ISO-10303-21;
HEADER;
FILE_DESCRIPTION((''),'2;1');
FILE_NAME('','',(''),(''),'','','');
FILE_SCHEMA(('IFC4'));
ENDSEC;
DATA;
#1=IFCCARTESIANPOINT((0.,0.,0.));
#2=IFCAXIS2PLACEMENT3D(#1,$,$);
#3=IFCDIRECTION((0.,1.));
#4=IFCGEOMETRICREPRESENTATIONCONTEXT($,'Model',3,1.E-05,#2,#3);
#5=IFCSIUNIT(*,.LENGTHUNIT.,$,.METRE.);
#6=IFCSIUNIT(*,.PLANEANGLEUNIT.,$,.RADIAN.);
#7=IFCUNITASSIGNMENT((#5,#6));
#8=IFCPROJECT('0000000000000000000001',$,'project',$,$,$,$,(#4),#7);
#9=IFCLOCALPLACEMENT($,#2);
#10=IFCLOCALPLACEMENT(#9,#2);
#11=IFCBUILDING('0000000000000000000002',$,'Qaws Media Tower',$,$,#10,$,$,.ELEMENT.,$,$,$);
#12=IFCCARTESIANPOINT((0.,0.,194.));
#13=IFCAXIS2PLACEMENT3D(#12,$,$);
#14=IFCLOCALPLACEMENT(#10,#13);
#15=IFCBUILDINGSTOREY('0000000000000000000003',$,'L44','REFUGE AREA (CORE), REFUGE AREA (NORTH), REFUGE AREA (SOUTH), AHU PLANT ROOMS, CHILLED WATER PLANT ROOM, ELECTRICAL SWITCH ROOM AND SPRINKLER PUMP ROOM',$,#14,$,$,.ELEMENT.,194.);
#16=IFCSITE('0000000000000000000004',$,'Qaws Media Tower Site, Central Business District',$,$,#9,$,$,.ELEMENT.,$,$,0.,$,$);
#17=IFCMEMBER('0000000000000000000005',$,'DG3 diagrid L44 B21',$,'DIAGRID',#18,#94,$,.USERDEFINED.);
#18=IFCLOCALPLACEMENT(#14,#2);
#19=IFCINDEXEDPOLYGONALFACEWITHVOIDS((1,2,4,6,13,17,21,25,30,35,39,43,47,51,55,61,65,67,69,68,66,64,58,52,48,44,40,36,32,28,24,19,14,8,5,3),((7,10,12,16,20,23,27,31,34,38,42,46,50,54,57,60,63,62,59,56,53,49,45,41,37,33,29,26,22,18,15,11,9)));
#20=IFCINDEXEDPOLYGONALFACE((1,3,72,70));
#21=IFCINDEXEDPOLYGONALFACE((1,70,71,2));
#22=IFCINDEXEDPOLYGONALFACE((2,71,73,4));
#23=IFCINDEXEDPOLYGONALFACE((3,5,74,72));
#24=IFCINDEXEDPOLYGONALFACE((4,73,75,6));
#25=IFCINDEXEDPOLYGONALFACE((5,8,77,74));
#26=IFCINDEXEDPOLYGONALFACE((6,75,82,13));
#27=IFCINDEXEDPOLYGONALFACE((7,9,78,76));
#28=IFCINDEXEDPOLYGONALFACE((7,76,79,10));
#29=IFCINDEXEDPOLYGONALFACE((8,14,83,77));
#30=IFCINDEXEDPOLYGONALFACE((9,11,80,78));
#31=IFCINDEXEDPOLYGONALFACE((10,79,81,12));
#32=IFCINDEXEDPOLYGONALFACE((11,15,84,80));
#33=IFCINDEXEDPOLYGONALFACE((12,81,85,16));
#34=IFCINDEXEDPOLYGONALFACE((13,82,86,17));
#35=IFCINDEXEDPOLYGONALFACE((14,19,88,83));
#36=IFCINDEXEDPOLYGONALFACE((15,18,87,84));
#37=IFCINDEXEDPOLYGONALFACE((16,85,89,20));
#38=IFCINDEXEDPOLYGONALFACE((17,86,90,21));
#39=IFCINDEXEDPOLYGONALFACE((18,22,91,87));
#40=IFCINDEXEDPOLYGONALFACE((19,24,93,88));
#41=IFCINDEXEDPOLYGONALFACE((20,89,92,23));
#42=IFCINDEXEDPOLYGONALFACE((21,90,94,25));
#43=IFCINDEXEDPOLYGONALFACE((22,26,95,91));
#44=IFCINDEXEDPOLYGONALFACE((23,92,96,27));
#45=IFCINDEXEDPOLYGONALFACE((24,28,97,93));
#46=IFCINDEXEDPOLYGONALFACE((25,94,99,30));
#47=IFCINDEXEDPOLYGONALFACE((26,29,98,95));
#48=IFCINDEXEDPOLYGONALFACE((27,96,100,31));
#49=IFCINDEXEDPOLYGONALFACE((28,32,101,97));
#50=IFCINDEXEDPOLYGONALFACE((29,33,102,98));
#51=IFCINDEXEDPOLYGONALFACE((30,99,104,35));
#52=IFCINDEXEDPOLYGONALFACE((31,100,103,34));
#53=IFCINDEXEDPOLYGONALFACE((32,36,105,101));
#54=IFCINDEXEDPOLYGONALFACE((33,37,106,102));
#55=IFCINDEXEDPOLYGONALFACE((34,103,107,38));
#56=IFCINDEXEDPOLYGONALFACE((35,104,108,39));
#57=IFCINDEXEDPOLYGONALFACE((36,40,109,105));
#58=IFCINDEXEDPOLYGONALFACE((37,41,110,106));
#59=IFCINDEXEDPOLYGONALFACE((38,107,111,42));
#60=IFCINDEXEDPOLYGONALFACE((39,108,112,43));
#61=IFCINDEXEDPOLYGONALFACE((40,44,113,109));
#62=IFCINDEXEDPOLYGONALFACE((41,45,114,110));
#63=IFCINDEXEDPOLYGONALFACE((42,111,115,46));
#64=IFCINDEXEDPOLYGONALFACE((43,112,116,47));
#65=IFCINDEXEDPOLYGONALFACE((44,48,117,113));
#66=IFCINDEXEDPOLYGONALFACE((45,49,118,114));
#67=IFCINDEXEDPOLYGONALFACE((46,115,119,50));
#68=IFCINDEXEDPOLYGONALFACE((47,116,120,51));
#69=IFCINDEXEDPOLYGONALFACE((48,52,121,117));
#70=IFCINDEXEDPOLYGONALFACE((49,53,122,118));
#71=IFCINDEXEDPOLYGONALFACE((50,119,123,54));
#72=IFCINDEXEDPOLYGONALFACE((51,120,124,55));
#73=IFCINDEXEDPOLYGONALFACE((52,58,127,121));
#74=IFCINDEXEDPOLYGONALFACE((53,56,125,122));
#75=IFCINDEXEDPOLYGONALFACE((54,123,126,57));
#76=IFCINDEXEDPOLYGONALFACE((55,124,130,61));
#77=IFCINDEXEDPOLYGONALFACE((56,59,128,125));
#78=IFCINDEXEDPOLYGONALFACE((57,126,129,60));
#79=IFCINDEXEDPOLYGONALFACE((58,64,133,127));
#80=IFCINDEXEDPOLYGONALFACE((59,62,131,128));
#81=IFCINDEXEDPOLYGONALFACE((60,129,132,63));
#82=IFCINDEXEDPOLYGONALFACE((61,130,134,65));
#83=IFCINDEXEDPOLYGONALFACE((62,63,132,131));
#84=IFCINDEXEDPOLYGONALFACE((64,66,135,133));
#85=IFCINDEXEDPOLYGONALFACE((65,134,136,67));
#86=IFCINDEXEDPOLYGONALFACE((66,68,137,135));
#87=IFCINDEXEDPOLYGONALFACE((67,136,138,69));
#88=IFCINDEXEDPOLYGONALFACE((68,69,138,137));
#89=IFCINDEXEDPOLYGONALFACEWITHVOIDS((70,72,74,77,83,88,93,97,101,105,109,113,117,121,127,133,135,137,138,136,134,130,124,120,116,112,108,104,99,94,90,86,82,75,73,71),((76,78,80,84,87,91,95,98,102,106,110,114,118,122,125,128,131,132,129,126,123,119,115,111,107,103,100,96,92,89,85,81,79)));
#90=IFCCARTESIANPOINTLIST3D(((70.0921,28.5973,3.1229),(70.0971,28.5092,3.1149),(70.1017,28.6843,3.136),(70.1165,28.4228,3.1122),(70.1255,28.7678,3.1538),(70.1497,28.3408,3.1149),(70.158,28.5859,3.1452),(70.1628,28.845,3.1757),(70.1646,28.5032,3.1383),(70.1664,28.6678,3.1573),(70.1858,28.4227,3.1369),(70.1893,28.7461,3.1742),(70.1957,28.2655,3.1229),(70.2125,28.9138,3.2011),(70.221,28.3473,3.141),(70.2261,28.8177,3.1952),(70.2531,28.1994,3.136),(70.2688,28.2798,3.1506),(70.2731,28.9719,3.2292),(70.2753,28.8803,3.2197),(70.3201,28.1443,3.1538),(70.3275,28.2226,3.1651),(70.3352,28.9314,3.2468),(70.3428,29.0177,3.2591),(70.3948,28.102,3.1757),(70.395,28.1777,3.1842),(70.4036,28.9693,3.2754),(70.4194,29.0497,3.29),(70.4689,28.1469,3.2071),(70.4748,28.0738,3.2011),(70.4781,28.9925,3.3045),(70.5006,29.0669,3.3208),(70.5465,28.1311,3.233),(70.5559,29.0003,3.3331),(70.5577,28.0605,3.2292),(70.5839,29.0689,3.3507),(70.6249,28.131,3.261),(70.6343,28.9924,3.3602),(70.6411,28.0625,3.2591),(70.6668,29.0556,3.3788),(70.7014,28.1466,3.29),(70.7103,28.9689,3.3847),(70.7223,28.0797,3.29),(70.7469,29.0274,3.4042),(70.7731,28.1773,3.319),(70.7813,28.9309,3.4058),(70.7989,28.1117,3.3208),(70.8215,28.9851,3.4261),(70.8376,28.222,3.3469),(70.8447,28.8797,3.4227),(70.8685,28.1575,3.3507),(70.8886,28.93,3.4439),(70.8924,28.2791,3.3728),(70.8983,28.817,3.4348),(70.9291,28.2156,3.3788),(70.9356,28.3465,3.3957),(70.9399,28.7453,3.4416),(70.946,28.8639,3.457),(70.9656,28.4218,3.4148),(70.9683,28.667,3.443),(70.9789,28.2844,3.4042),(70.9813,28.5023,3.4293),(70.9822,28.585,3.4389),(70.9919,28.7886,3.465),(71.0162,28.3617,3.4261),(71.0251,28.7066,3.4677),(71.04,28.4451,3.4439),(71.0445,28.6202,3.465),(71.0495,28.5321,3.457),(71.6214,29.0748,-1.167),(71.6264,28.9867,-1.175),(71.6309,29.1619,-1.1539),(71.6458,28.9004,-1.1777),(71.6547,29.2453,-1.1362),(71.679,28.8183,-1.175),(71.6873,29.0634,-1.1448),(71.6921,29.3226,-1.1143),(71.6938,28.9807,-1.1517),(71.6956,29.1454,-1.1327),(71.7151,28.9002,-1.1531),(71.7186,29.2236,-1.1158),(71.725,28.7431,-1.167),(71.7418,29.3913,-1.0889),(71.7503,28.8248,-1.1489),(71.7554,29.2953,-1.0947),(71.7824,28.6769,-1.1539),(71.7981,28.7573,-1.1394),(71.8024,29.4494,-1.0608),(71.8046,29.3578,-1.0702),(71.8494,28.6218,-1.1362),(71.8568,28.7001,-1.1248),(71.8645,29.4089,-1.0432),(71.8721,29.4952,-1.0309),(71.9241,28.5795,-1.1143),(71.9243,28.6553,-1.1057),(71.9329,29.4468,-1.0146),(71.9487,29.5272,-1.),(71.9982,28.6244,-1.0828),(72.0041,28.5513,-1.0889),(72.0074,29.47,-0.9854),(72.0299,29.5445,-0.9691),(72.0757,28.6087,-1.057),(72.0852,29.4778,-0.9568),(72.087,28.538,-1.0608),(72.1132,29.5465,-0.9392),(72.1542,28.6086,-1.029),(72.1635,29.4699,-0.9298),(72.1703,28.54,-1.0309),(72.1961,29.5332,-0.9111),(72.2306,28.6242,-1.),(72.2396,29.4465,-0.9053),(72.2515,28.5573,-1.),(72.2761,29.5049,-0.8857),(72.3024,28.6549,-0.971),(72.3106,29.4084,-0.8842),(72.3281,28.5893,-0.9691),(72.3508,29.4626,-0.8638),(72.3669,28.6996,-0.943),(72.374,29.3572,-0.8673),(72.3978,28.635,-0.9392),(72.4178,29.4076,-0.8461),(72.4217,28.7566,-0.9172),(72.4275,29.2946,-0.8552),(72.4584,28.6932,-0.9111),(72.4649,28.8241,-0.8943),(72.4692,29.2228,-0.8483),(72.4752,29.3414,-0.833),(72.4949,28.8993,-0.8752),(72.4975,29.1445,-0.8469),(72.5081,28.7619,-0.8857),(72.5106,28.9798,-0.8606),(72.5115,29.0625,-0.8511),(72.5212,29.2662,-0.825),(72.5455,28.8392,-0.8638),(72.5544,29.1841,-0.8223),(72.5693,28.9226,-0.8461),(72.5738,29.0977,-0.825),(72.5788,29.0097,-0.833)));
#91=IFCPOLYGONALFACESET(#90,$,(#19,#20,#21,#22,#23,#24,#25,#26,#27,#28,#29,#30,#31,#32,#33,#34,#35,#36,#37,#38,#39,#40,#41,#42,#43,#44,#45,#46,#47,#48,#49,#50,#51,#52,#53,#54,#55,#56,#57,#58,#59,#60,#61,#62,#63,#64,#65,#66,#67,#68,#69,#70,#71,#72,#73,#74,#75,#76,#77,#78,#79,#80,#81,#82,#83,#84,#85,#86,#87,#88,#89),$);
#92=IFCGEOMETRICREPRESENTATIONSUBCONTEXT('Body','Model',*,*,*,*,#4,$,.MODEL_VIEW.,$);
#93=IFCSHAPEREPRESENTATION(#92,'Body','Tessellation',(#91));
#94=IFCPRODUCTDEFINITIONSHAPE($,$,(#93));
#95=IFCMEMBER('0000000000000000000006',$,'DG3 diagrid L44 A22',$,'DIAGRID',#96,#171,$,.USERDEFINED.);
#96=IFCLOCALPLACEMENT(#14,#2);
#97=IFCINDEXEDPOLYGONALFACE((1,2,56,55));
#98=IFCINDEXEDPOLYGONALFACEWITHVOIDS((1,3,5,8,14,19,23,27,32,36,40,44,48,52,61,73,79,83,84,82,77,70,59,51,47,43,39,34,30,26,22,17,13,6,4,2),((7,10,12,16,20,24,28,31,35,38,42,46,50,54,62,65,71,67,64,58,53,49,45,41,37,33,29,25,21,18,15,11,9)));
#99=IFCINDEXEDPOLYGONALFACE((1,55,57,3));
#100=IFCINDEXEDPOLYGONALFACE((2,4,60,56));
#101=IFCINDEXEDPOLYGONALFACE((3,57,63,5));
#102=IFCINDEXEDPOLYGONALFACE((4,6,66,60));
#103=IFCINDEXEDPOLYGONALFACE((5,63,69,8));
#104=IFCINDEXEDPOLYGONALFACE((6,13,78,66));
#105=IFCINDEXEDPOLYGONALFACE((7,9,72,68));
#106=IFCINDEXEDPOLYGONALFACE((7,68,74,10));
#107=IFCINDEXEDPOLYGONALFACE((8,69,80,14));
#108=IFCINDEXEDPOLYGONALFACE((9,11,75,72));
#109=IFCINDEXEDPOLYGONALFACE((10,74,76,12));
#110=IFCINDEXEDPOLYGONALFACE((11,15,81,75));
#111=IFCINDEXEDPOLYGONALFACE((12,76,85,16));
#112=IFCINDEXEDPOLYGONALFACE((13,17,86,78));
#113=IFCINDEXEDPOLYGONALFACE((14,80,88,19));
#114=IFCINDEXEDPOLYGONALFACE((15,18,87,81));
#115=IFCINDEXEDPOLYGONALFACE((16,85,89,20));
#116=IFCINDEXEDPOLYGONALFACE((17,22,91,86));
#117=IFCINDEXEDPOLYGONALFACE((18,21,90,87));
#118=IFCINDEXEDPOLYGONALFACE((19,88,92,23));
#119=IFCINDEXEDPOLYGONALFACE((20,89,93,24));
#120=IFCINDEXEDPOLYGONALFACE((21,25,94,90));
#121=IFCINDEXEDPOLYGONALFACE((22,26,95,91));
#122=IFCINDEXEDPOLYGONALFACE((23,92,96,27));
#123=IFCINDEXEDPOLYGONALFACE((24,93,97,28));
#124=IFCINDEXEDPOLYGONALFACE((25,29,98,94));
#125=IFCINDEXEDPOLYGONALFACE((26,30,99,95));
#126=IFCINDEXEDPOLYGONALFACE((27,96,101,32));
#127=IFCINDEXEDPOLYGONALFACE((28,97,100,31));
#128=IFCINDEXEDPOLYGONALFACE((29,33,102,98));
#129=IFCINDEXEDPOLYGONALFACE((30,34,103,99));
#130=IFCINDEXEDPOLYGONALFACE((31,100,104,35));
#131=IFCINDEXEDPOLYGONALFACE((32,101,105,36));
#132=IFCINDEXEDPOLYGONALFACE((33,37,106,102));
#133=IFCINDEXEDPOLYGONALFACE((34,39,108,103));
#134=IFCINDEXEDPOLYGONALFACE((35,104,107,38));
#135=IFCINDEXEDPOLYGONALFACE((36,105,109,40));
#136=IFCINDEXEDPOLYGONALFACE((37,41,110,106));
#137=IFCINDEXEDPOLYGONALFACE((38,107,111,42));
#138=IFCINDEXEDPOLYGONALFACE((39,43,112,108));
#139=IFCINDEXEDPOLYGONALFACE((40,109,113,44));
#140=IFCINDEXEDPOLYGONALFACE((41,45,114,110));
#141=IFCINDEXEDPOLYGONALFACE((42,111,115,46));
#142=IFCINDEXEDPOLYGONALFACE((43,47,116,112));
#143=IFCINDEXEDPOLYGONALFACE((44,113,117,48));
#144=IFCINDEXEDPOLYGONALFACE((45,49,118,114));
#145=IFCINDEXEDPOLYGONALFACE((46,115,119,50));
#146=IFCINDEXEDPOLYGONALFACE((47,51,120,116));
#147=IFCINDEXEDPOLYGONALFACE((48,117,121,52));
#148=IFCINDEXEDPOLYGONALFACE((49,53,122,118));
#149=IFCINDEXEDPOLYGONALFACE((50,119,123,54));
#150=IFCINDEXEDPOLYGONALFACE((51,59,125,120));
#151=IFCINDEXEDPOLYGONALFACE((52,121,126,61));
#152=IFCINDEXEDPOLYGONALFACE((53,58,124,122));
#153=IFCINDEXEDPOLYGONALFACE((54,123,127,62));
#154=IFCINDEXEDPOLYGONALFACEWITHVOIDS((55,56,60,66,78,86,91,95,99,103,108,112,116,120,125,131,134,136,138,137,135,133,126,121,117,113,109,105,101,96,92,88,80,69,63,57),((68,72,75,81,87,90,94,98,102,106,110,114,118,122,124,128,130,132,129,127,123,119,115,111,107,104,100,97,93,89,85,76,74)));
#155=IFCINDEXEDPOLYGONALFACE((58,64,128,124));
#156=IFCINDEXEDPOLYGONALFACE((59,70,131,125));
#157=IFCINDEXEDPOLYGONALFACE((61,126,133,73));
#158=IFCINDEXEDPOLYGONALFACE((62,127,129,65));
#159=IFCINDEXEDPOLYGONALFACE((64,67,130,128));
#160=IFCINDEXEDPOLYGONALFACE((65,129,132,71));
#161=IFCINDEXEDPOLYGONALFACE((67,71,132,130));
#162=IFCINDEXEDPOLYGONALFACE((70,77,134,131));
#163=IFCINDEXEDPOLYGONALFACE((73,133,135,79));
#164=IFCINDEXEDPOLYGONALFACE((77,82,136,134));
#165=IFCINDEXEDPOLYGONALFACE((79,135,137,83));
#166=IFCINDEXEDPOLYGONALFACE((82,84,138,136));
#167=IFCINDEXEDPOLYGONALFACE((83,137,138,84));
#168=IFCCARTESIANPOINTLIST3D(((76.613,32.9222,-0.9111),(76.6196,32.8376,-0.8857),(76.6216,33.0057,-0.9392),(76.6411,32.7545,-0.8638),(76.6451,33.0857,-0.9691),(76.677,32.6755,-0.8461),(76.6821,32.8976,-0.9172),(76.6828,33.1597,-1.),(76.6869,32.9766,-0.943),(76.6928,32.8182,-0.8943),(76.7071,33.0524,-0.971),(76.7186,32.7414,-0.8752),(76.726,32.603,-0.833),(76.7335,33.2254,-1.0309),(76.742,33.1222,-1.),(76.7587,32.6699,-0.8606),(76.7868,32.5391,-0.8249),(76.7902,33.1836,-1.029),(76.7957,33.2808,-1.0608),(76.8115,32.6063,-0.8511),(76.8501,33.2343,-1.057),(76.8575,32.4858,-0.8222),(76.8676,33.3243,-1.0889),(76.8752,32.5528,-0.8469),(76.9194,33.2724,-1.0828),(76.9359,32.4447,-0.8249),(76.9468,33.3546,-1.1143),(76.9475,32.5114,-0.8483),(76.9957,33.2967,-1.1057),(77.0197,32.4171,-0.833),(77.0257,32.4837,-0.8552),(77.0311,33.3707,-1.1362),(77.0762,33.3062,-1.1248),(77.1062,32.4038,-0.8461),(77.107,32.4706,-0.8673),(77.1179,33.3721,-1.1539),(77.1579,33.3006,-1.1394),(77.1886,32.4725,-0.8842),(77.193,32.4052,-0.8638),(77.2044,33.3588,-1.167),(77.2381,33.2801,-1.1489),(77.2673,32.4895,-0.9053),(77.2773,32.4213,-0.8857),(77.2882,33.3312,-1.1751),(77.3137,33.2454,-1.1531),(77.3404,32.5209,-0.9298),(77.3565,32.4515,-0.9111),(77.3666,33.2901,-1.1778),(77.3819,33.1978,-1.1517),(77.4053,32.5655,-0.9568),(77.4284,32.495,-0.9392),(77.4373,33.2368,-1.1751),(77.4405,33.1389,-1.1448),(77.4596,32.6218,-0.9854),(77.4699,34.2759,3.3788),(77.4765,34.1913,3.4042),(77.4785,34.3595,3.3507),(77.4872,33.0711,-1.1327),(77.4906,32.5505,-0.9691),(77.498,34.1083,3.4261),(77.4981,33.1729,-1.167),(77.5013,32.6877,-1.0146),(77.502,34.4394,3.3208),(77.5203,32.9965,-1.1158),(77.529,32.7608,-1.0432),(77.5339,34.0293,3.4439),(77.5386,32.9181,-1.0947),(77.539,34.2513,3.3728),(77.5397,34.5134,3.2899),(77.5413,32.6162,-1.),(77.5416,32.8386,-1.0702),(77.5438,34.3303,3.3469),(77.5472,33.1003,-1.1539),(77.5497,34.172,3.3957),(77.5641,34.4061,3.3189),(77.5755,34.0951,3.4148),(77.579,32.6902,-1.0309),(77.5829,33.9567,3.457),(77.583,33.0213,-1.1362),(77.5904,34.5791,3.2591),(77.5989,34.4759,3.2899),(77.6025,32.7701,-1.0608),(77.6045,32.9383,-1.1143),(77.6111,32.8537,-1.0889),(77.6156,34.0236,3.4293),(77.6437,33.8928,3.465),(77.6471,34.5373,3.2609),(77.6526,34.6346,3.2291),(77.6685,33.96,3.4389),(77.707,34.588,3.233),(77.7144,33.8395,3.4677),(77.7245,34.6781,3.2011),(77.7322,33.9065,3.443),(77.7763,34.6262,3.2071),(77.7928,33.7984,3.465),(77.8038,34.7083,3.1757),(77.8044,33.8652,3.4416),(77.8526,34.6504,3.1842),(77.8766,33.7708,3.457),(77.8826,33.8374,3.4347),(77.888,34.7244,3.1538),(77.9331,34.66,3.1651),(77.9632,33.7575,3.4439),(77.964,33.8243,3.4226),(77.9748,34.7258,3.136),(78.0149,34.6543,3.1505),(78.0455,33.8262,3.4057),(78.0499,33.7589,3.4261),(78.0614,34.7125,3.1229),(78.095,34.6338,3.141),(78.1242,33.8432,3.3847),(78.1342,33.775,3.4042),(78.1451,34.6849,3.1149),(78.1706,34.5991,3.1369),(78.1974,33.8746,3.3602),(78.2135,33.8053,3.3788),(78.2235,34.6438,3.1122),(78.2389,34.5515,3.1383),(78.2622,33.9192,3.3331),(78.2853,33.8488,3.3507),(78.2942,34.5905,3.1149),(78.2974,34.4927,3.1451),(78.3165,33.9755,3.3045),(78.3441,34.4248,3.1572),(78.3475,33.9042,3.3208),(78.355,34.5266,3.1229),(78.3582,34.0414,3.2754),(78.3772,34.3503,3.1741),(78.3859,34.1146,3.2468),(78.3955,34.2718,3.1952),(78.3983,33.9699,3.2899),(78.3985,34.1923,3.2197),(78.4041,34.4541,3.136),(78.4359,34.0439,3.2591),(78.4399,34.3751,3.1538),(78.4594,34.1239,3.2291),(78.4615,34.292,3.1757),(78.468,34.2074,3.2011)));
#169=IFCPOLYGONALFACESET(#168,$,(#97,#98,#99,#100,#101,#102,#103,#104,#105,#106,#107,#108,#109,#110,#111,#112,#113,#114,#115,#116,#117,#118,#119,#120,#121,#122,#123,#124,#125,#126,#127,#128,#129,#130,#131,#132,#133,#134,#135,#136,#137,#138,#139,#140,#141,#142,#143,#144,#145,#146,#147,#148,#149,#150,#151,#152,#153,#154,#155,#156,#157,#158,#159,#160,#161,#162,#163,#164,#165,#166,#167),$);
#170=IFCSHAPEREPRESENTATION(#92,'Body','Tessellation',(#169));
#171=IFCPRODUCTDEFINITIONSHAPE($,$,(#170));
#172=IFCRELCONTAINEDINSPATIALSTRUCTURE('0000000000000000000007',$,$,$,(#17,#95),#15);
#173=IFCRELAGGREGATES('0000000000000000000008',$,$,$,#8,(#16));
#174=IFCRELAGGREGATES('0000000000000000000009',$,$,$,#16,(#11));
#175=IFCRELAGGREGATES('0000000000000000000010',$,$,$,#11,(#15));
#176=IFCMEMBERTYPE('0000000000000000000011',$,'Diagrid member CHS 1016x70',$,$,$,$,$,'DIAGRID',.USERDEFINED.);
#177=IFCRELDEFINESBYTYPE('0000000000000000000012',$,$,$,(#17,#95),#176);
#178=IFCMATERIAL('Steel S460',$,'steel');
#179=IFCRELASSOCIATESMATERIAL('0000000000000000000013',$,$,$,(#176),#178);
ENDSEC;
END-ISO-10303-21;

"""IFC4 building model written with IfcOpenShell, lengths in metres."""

from ifc_helpers import new_model, si_unit, direction, frame, origin, origin_2d, place, context, subcontext, project, spatial, hollow_circle, extrude, material, material_profile, profile_set, type_object, element, save


model = new_model("IFC4")

# Units and contexts
model_context = context("Model", 3, precision=1e-05, world=origin(), true_north=direction((0.0, 1.0)))
body_context = subcontext(model_context, "Body", "Model", "MODEL_VIEW")
ifc_project = project(units=[si_unit("LENGTHUNIT", "METRE"), si_unit("PLANEANGLEUNIT", "RADIAN")], contexts=[model_context])

# Site, building, storey
site_placement = place(None, origin())
site = spatial("IfcSite", under=ifc_project, at=site_placement, Name="Qaws Media Tower Site, Central Business District", CompositionType="ELEMENT", RefElevation=0.0)
building_placement = place(site_placement, origin())
building = spatial("IfcBuilding", under=site, at=building_placement, Name="Qaws Media Tower", CompositionType="ELEMENT")
storey_placement = place(building_placement, frame((0.0, 0.0, 194.0)))
storey = spatial("IfcBuildingStorey", under=building, at=storey_placement, Name="L44", Description="REFUGE AREA (CORE), REFUGE AREA (NORTH), REFUGE AREA (SOUTH), AHU PLANT ROOMS, CHILLED WATER PLANT ROOM, ELECTRICAL SWITCH ROOM AND SPRINKLER PUMP ROOM", CompositionType="ELEMENT", Elevation=194.0)

# Members
ifc_material_1 = material(Name="Steel S460", Category="steel")
ifc_material_profile_1 = material_profile(ifc_material_1, hollow_circle(Radius=0.5081, WallThickness=0.0701, at=origin_2d()), Name="CHS 1016x70")
ifc_profile_set_1 = profile_set([ifc_material_profile_1], Name="Steel S460")
member_type_1 = type_object("IfcMemberType", Name="Diagrid member CHS 1016x70", ElementType="DIAGRID", PredefinedType="USERDEFINED", material=ifc_profile_set_1)
for number, where, z_axis, x_axis, name in (
    (1, (72.1001, 29.0422, -1.0), (-0.333949, -0.104279, 0.936805), (0.298067, -0.954545, 0.0), "DG3 diagrid L44 B21"),
    (2, (77.1121, 32.8879, -1.0), (0.187126, 0.295616, 0.936801), (-0.844945, 0.534853, 0.0), "DG3 diagrid L44 A22"),
):
    element("IfcMember", number, at=place(storey_placement, frame(where, z_axis=z_axis, x_axis=x_axis)), inside=storey, type_object=member_type_1, Name=name, ObjectType="DIAGRID", PredefinedType="USERDEFINED", context=body_context, shape_type="SweptSolid", body=[
        extrude(hollow_circle(Radius=0.5081, WallThickness=0.0701, at=origin_2d()), origin(), (0.0, 0.0, 1.0), 4.5793),
    ])

save(model, "model.ifc")
